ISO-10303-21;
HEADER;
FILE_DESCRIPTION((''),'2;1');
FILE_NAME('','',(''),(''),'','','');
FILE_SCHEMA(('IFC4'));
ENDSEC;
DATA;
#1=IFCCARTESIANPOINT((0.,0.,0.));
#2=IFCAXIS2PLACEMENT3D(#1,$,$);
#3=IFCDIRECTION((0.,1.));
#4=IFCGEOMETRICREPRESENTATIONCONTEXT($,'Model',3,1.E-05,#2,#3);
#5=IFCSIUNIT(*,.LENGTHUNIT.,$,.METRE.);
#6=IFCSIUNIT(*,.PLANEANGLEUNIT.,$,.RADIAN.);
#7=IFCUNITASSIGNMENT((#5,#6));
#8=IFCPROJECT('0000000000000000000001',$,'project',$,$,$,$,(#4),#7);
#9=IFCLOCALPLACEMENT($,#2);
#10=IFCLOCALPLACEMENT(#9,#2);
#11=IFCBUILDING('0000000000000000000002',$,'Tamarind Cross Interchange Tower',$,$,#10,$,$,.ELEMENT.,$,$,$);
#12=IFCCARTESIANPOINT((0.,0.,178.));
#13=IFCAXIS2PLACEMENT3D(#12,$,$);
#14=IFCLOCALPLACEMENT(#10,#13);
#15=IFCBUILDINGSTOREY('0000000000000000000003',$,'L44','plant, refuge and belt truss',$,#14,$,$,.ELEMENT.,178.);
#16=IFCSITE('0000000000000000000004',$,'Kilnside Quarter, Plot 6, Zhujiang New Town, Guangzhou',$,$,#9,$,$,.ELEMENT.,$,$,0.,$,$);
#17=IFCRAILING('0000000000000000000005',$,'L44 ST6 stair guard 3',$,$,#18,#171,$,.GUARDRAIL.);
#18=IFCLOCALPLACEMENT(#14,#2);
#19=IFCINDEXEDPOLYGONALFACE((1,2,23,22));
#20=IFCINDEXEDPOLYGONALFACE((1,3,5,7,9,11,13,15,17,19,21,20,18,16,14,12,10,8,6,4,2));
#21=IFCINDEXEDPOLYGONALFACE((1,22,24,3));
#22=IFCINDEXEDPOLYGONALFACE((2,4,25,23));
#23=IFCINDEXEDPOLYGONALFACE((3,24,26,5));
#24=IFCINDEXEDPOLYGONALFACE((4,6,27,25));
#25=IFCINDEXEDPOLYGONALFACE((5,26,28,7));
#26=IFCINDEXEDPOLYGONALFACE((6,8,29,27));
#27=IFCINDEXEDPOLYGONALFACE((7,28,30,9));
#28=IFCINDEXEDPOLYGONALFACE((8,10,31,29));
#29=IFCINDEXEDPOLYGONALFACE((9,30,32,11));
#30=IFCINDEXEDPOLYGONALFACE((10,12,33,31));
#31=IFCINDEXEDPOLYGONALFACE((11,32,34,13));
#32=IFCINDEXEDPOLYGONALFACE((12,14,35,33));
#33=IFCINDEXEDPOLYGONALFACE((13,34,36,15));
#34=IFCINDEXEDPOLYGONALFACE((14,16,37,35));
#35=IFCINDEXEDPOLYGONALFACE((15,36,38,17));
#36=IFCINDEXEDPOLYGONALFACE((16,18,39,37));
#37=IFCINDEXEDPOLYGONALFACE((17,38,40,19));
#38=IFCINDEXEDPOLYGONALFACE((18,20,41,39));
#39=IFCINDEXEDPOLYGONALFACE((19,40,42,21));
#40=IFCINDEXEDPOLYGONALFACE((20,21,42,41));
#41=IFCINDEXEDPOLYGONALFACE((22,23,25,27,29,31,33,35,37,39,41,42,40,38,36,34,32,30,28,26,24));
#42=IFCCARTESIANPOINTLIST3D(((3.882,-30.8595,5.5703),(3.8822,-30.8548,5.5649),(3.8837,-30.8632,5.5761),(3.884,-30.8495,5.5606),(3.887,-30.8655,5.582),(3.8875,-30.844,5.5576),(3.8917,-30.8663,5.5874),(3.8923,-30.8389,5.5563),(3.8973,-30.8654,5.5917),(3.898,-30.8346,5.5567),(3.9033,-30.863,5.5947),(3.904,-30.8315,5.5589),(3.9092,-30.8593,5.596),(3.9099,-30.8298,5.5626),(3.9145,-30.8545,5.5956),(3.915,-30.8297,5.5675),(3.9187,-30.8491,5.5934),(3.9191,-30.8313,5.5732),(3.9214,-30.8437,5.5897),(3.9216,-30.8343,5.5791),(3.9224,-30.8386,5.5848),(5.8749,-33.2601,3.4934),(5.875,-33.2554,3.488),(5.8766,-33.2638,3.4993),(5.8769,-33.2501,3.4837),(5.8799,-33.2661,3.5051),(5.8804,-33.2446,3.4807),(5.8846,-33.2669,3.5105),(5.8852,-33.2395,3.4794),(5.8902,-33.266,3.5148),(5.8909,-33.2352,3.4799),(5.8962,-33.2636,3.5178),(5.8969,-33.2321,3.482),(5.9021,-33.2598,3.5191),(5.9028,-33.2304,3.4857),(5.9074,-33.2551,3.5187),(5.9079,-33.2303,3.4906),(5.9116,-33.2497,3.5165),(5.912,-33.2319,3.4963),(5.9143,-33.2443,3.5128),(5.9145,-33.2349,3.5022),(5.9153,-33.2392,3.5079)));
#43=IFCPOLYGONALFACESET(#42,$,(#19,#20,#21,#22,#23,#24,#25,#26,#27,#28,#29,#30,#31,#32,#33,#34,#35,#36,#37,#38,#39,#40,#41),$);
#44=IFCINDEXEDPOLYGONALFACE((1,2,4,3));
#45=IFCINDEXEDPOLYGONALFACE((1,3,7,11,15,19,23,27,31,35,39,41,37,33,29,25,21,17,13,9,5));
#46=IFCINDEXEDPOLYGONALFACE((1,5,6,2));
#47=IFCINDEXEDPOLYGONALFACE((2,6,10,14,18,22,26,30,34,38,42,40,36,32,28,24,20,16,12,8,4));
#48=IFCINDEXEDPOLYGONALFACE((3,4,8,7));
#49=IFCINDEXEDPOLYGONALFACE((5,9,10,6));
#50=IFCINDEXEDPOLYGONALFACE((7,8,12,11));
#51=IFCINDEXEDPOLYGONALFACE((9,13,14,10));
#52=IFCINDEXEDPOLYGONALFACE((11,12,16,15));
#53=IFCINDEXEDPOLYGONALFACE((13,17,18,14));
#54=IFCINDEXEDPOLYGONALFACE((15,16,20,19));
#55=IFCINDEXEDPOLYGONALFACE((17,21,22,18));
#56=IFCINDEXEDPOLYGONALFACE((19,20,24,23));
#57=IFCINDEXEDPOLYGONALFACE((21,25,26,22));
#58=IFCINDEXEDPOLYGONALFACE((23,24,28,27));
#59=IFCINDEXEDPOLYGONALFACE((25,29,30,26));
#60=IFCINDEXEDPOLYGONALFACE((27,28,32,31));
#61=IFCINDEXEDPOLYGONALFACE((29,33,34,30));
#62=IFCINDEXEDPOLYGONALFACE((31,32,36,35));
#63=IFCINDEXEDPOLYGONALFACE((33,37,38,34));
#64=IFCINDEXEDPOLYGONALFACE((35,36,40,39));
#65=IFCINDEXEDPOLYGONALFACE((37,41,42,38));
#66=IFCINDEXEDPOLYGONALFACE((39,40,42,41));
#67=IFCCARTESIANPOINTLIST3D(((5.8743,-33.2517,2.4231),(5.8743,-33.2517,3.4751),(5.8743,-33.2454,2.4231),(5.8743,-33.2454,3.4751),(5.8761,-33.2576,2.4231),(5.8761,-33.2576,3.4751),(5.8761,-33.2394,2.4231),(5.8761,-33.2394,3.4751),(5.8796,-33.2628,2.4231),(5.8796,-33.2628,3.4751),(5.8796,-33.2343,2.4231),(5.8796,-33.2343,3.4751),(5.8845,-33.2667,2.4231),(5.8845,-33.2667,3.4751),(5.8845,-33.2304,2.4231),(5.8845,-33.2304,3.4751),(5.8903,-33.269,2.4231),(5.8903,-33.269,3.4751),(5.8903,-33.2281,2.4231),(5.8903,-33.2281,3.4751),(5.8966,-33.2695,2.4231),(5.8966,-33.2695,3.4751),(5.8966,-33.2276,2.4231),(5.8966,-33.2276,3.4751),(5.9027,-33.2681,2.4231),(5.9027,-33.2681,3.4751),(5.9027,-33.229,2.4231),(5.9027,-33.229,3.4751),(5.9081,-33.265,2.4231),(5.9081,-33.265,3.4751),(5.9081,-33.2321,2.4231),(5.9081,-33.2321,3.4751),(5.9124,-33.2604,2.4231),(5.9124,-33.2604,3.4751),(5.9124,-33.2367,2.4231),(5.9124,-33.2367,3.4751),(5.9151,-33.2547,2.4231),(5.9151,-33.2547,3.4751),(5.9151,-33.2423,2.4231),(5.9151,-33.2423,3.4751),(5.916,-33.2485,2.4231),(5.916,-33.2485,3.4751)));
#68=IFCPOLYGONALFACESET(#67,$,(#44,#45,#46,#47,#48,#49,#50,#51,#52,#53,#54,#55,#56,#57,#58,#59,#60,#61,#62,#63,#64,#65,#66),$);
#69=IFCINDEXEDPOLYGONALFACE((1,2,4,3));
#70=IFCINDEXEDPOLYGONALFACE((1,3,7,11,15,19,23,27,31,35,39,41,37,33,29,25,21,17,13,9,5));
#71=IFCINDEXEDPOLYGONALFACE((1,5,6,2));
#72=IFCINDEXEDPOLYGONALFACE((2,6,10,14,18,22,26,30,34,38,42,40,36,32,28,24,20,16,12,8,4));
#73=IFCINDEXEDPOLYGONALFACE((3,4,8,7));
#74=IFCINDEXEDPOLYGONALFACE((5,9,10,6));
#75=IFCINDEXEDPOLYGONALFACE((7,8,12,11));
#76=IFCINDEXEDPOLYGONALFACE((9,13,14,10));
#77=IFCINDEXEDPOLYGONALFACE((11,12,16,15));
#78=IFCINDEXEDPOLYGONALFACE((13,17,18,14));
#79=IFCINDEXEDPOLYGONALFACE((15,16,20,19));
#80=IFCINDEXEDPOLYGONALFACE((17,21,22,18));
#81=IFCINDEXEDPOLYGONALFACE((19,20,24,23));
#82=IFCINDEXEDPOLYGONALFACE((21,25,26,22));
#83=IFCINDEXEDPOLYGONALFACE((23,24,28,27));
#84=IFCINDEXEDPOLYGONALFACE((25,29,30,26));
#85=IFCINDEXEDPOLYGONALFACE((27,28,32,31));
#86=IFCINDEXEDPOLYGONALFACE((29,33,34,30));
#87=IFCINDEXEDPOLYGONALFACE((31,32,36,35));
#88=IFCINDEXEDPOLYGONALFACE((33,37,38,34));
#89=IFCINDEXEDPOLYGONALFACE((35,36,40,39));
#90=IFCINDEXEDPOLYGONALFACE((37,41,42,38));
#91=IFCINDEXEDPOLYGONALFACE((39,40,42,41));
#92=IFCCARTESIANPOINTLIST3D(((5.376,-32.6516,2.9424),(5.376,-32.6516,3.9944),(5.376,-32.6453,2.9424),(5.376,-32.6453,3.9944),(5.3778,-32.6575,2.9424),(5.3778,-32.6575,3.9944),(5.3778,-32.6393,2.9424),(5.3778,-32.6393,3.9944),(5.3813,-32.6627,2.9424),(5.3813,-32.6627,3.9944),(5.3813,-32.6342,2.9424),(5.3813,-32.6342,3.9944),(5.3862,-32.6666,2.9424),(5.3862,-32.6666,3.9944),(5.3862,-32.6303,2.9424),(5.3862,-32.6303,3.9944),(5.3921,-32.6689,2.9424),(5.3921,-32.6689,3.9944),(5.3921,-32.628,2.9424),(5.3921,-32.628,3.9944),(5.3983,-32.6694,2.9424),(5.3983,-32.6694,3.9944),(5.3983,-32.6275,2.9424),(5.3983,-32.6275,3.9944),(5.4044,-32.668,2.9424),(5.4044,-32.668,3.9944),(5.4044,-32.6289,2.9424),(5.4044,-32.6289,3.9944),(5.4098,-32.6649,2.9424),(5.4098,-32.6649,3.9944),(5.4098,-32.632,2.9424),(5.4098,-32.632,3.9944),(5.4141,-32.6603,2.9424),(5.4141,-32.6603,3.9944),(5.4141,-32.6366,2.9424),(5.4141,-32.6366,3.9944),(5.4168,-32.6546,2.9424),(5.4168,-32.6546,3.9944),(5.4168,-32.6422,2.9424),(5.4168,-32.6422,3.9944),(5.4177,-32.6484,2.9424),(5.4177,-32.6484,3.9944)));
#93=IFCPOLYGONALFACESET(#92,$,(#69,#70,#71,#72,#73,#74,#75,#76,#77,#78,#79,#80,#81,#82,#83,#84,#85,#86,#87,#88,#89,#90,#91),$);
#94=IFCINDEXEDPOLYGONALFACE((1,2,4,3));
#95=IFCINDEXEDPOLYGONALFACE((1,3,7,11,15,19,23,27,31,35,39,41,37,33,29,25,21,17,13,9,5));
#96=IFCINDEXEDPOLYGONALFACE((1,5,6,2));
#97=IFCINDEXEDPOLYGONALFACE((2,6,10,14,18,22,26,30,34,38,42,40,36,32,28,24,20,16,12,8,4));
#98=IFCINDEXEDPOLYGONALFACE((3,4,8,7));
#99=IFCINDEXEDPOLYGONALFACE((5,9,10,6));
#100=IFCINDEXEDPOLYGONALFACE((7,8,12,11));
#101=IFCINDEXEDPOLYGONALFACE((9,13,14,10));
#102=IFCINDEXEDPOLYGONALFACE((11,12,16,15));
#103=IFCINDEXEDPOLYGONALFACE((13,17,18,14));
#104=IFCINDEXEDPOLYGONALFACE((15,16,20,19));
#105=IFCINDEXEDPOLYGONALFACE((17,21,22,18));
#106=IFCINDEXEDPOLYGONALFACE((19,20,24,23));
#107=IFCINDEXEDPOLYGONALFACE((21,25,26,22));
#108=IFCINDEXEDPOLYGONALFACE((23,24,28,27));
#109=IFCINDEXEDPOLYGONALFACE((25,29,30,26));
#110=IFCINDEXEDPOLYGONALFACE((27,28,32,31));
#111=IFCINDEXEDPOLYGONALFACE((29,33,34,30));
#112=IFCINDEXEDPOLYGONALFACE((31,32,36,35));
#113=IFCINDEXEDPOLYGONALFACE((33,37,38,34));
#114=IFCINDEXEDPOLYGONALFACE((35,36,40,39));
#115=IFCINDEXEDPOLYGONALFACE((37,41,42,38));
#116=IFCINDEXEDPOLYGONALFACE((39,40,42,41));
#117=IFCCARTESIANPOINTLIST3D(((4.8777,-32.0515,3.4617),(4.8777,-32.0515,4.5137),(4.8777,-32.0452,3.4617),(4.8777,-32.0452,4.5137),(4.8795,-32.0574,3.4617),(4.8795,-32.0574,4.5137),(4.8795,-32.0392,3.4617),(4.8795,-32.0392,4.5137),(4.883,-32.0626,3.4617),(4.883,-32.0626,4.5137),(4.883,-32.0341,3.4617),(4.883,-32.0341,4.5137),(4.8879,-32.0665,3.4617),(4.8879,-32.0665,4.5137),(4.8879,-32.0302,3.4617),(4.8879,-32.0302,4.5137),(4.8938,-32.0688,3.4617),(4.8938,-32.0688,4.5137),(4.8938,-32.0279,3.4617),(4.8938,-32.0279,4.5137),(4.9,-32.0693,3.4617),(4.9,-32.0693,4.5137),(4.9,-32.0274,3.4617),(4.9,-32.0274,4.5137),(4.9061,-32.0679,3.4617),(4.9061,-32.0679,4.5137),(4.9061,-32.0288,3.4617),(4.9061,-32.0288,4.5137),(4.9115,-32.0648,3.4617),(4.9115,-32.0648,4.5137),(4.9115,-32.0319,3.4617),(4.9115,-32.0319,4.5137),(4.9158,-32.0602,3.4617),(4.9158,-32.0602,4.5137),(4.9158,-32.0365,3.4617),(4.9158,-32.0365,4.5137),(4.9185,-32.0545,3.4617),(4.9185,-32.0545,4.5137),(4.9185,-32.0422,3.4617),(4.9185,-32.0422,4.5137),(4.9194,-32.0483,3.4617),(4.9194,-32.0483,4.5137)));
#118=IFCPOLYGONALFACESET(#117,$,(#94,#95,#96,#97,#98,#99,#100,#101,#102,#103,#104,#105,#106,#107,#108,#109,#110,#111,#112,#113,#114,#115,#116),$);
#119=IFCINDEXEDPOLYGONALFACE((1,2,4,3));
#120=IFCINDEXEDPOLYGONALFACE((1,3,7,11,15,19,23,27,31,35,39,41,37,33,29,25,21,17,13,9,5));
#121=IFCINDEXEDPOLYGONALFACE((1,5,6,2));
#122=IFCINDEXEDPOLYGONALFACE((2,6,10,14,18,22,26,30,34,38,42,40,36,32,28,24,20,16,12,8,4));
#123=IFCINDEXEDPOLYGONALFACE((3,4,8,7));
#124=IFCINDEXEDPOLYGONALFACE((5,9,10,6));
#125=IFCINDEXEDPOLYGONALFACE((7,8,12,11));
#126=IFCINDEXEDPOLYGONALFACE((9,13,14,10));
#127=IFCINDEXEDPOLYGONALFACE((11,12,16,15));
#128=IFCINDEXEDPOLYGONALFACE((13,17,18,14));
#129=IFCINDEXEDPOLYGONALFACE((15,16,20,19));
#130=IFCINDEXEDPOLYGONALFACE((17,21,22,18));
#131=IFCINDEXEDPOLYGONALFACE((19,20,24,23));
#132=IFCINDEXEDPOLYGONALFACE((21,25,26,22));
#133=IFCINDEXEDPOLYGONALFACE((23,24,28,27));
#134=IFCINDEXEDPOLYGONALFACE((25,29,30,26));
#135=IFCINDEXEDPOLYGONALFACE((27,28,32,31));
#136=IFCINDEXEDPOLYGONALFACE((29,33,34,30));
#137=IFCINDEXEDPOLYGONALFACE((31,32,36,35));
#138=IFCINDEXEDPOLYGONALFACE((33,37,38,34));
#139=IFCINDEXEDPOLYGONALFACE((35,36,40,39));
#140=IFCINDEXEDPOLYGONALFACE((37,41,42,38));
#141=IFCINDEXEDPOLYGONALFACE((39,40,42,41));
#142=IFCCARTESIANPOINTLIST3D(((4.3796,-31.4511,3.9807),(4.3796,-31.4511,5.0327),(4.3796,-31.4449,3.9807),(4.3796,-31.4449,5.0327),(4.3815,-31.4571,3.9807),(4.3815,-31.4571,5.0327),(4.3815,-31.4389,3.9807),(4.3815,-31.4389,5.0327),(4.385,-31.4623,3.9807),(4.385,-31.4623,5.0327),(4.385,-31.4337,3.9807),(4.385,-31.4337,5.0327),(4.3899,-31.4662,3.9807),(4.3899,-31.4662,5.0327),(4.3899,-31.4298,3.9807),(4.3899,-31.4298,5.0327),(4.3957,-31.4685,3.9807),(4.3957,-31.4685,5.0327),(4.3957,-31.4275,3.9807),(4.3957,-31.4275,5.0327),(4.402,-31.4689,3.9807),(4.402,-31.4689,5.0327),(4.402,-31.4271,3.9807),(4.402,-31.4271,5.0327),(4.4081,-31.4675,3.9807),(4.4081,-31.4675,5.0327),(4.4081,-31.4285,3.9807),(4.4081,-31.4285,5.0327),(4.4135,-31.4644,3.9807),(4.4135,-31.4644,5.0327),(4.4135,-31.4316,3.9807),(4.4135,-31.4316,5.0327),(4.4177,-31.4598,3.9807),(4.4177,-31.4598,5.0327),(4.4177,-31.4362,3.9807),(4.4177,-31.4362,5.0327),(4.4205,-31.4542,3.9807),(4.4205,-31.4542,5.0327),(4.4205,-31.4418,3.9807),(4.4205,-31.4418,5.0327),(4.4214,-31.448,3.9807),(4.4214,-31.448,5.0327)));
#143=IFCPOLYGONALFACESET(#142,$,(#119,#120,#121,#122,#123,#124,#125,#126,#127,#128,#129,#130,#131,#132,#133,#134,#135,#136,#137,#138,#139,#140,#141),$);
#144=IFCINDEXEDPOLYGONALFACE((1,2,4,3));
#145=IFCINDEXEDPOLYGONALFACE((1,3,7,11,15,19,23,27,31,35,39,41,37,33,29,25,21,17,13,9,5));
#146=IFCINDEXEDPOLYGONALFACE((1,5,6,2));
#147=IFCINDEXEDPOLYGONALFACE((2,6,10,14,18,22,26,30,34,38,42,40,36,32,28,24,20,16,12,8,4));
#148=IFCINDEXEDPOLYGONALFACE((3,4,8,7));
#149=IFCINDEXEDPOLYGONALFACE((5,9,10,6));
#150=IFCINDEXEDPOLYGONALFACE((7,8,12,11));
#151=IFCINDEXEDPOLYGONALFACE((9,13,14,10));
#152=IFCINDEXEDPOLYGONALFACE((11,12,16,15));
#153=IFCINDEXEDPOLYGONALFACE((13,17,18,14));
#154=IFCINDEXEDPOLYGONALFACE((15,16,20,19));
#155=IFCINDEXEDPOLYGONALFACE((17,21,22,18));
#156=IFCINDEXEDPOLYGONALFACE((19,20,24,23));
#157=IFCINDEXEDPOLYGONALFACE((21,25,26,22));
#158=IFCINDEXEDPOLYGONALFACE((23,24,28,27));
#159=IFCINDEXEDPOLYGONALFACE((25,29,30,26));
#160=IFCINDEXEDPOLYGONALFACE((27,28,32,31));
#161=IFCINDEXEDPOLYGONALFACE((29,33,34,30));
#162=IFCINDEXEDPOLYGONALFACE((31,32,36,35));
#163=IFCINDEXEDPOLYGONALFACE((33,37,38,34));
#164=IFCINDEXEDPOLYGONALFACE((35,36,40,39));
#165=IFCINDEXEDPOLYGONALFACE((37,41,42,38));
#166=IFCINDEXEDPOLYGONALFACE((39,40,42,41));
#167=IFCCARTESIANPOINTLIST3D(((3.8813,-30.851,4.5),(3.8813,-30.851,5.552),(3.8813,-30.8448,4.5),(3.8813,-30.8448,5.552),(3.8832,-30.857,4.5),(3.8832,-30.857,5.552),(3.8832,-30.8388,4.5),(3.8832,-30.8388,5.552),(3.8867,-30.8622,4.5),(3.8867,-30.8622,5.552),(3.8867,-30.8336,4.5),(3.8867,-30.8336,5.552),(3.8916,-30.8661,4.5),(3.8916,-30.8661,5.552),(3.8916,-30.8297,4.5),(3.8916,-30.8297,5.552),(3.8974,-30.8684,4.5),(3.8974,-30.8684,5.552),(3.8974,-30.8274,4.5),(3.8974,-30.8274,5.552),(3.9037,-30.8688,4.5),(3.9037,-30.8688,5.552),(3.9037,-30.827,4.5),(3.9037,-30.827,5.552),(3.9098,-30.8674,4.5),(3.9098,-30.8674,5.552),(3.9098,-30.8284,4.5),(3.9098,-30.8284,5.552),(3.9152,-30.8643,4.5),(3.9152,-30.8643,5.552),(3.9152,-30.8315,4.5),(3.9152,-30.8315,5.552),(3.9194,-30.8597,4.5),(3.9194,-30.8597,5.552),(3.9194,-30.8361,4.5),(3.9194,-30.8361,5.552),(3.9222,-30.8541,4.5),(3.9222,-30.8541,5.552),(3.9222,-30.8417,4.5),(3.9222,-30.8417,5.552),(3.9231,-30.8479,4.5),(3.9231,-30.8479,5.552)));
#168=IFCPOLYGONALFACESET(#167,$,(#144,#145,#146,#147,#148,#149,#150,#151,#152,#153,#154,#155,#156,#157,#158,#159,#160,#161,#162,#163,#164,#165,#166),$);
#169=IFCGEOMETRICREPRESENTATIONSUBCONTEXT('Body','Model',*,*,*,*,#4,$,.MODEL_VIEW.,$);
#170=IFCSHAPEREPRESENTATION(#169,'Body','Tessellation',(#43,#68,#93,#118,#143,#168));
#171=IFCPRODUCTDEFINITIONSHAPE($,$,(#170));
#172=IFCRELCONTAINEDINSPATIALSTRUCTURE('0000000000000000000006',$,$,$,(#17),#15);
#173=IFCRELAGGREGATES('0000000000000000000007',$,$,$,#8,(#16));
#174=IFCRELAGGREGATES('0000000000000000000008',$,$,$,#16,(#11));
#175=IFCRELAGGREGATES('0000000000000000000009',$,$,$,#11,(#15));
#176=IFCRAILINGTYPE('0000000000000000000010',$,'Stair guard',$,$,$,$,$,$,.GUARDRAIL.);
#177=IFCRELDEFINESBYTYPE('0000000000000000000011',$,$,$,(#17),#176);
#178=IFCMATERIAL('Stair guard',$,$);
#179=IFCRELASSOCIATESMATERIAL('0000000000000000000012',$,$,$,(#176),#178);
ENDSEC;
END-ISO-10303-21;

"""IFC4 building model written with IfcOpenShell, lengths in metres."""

from ifc_helpers import new_model, si_unit, direction, frame, origin, origin_2d, place, context, subcontext, project, spatial, circle, extrude, material, type_object, element, save


model = new_model("IFC4")

# Units and contexts
model_context = context("Model", 3, precision=1e-05, world=origin(), true_north=direction((0.0, 1.0)))
body_context = subcontext(model_context, "Body", "Model", "MODEL_VIEW")
ifc_project = project(units=[si_unit("LENGTHUNIT", "METRE"), si_unit("PLANEANGLEUNIT", "RADIAN")], contexts=[model_context])

# Site, building, storey
site_placement = place(None, origin())
site = spatial("IfcSite", under=ifc_project, at=site_placement, Name="Kilnside Quarter, Plot 6, Zhujiang New Town, Guangzhou", CompositionType="ELEMENT", RefElevation=0.0)
building_placement = place(site_placement, origin())
building = spatial("IfcBuilding", under=site, at=building_placement, Name="Tamarind Cross Interchange Tower", CompositionType="ELEMENT")
storey_placement = place(building_placement, frame((0.0, 0.0, 178.0)))
storey = spatial("IfcBuildingStorey", under=building, at=storey_placement, Name="L44", Description="plant, refuge and belt truss", CompositionType="ELEMENT", Elevation=178.0)

# Railing
ifc_material_1 = material(Name="Stair guard")
railing_type_1 = type_object("IfcRailingType", Name="Stair guard", PredefinedType="GUARDRAIL", material=ifc_material_1)
railing_1_placement = place(storey_placement, frame((5.895, -33.2485, 2.4231)))
element("IfcRailing", 1, at=railing_1_placement, inside=storey, type_object=railing_type_1, Name="L44 ST6 stair guard 3", PredefinedType="GUARDRAIL", context=body_context, shape_type="SweptSolid", body=[
    extrude(circle(Radius=0.0239, at=origin_2d()), frame((0.0, 0.0, 1.0762), z_axis=(-0.531714, 0.640493, 0.554121), x_axis=(-0.769419, -0.638744, 0.0)), (0.0, 0.0, 1.0), 3.748),
    extrude(circle(Radius=0.021, at=origin_2d()), origin(), (0.0, 0.0, 1.0), 1.052),
    extrude(circle(Radius=0.021, at=origin_2d()), frame((-0.4983, 0.6001, 0.5193)), (0.0, 0.0, 1.0), 1.052),
    extrude(circle(Radius=0.021, at=origin_2d()), frame((-0.9966, 1.2002, 1.0386)), (0.0, 0.0, 1.0), 1.052),
    extrude(circle(Radius=0.021, at=origin_2d()), frame((-1.4946, 1.8005, 1.5576)), (0.0, 0.0, 1.0), 1.052),
    extrude(circle(Radius=0.021, at=origin_2d()), frame((-1.9929, 2.4006, 2.0769)), (0.0, 0.0, 1.0), 1.052),
])

save(model, "model.ifc")
